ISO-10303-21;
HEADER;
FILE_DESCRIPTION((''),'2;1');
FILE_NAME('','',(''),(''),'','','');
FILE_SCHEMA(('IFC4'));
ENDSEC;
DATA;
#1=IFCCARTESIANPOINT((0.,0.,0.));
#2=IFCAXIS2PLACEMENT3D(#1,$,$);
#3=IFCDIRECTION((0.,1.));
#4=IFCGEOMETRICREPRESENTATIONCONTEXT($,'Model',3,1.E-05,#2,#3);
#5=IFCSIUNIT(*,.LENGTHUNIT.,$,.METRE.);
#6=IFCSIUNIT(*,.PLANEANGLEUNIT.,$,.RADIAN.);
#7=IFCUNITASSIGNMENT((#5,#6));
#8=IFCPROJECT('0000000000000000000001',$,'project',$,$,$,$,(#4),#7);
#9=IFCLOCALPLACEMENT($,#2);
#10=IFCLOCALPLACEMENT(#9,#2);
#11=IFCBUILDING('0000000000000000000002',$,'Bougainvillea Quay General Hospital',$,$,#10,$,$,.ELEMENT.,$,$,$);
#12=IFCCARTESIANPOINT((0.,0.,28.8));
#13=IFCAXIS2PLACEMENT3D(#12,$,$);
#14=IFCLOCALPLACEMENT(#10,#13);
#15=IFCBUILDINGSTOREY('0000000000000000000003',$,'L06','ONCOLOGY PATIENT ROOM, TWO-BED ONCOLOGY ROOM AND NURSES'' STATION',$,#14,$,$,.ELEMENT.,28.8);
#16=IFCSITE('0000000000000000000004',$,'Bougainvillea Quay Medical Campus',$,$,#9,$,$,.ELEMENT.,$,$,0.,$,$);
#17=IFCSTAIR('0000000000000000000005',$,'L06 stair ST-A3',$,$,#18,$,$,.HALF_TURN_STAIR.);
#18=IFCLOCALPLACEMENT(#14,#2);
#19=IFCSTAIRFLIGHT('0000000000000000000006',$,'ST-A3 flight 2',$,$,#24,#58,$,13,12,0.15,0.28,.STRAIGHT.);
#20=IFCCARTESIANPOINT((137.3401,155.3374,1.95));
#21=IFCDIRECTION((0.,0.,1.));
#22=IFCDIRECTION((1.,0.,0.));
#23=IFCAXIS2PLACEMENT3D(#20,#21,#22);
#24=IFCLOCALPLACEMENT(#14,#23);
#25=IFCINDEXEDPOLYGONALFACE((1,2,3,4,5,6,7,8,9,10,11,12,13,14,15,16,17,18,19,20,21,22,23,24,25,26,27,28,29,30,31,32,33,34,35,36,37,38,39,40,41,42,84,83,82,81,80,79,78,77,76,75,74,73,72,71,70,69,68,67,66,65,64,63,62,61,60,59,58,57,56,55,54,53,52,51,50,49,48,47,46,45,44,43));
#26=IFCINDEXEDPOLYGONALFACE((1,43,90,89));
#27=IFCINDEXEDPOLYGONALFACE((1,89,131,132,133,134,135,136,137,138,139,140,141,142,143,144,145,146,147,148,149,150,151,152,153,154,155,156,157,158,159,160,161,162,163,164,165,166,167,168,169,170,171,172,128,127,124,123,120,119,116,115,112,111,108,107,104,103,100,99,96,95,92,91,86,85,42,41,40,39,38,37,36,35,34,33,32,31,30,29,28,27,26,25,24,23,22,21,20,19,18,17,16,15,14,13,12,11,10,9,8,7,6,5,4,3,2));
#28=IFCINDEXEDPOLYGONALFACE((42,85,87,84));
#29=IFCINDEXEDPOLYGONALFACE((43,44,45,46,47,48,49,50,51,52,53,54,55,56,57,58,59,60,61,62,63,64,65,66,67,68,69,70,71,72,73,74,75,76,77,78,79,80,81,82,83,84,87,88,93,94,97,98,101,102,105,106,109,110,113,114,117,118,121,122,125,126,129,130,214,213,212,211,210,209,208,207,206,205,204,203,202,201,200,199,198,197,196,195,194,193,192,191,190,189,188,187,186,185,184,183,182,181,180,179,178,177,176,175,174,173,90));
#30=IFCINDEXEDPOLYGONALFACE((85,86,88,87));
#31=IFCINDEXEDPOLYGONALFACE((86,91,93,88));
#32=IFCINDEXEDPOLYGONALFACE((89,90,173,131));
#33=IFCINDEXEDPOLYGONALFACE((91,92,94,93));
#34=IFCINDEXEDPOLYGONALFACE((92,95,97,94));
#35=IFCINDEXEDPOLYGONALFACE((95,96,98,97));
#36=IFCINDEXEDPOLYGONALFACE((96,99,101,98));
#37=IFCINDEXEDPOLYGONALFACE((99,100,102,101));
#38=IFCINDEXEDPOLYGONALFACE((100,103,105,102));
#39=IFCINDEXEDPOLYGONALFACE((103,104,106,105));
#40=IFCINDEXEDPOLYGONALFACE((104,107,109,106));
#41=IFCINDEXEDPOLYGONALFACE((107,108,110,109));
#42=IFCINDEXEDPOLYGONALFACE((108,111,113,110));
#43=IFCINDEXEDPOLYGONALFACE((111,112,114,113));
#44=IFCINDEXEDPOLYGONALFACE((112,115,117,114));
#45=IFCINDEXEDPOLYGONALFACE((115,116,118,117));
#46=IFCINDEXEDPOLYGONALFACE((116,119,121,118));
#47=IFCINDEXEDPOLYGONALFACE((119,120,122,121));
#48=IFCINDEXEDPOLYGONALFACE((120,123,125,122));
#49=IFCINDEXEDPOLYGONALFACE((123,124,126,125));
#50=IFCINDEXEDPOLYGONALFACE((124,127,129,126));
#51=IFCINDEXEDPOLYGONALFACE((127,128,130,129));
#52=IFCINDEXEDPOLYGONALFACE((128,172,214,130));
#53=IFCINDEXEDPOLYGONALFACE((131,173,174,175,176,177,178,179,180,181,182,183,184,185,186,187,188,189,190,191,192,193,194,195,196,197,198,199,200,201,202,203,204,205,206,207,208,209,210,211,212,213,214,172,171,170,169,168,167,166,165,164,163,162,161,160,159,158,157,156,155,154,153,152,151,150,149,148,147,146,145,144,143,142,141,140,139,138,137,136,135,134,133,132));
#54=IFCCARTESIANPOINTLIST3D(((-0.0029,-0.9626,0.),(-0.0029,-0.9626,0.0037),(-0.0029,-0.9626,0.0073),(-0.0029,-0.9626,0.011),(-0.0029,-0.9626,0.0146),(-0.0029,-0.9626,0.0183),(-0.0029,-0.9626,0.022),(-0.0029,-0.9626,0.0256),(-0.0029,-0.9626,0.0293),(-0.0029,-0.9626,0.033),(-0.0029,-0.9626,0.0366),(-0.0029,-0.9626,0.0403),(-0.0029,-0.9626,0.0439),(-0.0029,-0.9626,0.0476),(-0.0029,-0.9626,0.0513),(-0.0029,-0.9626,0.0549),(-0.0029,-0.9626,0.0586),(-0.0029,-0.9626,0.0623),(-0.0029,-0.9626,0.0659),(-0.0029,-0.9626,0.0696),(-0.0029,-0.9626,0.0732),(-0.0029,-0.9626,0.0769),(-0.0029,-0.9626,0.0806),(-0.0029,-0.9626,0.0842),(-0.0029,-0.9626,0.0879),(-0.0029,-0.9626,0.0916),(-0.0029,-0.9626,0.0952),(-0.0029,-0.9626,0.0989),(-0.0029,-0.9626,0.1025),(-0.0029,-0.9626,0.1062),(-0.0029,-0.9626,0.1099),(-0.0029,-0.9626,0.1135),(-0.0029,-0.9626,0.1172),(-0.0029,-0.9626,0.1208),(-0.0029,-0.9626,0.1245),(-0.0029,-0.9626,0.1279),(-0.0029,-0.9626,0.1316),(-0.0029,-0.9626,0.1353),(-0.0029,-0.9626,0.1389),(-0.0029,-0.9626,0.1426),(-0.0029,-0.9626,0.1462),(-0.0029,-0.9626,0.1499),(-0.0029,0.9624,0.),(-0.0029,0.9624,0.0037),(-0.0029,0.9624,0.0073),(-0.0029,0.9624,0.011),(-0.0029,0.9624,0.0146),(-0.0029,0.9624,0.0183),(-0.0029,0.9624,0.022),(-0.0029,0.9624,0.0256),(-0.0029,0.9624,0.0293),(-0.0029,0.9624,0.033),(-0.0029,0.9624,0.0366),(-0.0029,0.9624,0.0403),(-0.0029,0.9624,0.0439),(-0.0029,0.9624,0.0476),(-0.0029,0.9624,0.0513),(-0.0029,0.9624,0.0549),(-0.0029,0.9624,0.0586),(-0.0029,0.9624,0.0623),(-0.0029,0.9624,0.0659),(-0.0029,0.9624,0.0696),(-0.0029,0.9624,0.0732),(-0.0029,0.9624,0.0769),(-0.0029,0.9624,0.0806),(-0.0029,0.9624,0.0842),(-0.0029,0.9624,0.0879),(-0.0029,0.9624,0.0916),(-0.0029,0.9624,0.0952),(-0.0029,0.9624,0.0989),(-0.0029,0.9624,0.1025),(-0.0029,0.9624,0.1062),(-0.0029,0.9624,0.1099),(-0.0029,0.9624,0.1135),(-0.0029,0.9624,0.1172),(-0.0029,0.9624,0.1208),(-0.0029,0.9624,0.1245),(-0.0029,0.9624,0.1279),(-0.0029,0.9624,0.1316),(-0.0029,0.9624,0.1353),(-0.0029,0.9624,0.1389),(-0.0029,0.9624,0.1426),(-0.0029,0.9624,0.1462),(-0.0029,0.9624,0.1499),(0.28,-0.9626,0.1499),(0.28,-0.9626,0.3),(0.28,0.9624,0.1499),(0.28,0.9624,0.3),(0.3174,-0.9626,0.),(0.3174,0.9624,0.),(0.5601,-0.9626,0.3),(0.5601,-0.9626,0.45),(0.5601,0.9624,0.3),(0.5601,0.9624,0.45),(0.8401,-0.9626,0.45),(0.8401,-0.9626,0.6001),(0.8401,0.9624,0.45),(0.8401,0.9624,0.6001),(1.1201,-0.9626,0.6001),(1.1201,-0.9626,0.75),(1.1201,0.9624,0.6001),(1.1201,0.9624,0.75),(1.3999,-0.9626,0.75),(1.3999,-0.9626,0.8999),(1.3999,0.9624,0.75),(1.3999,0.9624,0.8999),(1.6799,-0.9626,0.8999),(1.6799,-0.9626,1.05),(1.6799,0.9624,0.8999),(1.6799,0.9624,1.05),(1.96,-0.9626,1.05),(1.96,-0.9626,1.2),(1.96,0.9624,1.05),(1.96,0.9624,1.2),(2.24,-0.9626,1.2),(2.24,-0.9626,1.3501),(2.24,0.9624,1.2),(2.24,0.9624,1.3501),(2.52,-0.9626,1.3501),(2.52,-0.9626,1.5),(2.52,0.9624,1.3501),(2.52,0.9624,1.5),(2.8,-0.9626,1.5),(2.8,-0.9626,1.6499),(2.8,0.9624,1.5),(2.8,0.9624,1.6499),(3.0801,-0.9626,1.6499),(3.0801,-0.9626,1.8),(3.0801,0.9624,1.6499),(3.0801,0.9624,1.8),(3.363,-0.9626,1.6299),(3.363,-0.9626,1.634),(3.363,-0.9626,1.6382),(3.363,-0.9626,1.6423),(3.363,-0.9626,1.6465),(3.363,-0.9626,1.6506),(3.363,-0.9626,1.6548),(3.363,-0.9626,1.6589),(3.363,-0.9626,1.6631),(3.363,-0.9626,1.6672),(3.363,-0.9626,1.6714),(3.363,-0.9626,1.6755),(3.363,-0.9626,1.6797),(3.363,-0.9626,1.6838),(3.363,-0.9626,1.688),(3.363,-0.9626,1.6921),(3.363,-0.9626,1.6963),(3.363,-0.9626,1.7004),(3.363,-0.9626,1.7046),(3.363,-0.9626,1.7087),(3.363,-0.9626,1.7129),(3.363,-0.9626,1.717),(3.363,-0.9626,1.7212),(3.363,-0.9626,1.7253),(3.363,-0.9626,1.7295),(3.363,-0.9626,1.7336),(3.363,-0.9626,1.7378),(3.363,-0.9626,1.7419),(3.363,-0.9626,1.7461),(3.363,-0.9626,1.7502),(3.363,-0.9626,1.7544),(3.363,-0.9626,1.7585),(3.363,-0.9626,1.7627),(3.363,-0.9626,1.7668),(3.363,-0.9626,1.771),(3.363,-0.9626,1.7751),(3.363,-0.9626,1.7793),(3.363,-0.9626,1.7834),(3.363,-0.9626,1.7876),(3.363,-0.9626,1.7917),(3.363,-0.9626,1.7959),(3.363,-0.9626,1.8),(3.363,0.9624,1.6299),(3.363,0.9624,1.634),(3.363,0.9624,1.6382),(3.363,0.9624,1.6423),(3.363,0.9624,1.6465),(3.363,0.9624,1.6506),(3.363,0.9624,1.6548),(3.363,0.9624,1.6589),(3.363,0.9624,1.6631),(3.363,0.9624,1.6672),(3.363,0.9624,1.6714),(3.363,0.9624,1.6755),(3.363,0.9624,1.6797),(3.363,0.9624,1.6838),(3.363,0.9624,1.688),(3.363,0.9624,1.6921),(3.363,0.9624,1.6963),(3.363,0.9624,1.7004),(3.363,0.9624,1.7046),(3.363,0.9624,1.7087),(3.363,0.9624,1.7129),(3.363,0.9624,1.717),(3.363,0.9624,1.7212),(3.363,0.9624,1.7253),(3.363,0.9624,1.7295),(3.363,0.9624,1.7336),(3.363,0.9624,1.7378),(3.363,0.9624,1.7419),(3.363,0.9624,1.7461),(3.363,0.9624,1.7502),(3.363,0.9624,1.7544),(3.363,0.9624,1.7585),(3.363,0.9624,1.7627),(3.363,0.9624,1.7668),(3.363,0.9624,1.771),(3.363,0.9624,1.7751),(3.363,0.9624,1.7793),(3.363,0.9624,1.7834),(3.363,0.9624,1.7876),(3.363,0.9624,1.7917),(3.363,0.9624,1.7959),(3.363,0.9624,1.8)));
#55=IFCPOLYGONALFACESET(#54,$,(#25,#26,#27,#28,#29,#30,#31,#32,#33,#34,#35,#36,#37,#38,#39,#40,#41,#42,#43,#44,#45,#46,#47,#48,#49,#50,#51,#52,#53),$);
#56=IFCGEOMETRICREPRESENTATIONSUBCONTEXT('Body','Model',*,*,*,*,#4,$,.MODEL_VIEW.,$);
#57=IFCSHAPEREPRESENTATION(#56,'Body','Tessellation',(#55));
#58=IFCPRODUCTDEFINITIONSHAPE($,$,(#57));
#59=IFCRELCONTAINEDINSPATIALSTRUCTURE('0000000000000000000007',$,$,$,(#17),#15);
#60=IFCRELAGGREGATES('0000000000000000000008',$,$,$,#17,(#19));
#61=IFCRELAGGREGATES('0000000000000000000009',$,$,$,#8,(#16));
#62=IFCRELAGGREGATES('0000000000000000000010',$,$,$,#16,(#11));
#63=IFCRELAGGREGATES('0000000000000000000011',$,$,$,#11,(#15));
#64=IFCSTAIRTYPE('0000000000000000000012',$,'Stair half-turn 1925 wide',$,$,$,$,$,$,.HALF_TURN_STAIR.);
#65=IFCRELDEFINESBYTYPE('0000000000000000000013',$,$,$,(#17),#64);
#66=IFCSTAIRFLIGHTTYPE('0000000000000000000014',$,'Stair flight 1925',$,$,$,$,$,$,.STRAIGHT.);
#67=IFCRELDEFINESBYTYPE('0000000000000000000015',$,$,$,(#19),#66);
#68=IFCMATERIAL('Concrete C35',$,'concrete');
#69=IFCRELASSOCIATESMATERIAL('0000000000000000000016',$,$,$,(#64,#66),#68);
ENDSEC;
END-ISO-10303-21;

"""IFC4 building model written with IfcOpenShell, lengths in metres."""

from ifc_helpers import new_model, si_unit, direction, frame, origin, place, context, subcontext, project, spatial, polyline, outline, extrude, material, type_object, element, aggregate, save


model = new_model("IFC4")

# Units and contexts
model_context = context("Model", 3, precision=1e-05, world=origin(), true_north=direction((0.0, 1.0)))
body_context = subcontext(model_context, "Body", "Model", "MODEL_VIEW")
ifc_project = project(units=[si_unit("LENGTHUNIT", "METRE"), si_unit("PLANEANGLEUNIT", "RADIAN")], contexts=[model_context])

# Site, building, storey
site_placement = place(None, origin())
site = spatial("IfcSite", under=ifc_project, at=site_placement, Name="Bougainvillea Quay Medical Campus", CompositionType="ELEMENT", RefElevation=0.0)
building_placement = place(site_placement, origin())
building = spatial("IfcBuilding", under=site, at=building_placement, Name="Bougainvillea Quay General Hospital", CompositionType="ELEMENT")
storey_placement = place(building_placement, frame((0.0, 0.0, 28.8)))
storey = spatial("IfcBuildingStorey", under=building, at=storey_placement, Name="L06", Description="ONCOLOGY PATIENT ROOM, TWO-BED ONCOLOGY ROOM AND NURSES' STATION", CompositionType="ELEMENT", Elevation=28.8)

# Stair, stair flight
ifc_material_1 = material(Name="Concrete C35", Category="concrete")
stair_type = type_object("IfcStairType", Name="Stair half-turn 1925 wide", PredefinedType="HALF_TURN_STAIR", material=ifc_material_1)
stair_placement = place(storey_placement, origin())
stair = element("IfcStair", 1, at=stair_placement, inside=storey, type_object=stair_type, Name="L06 stair ST-A3", PredefinedType="HALF_TURN_STAIR")
stair_flight_type = type_object("IfcStairFlightType", Name="Stair flight 1925", PredefinedType="STRAIGHT", material=ifc_material_1)
stair_flight_1_placement = place(storey_placement, frame((137.3401, 155.3374, 1.95), z_axis=(0.0, 0.0, 1.0), x_axis=(1.0, 0.0, 0.0)))
stair_flight_1 = element("IfcStairFlight", 2, at=stair_flight_1_placement, type_object=stair_flight_type, Name="ST-A3 flight 2", NumberOfRisers=13, NumberOfTreads=12, PredefinedType="STRAIGHT", RiserHeight=0.15, TreadLength=0.28, context=body_context, shape_type="SweptSolid", body=[
    extrude(outline(polyline([(-0.0029, 0.0), (-0.0029, 0.0037), (-0.0029, 0.0073), (-0.0029, 0.011), (-0.0029, 0.0146), (-0.0029, 0.0183), (-0.0029, 0.022), (-0.0029, 0.0256), (-0.0029, 0.0293), (-0.0029, 0.033), (-0.0029, 0.0366), (-0.0029, 0.0403), (-0.0029, 0.0439), (-0.0029, 0.0476), (-0.0029, 0.0513), (-0.0029, 0.0549), (-0.0029, 0.0586), (-0.0029, 0.0623), (-0.0029, 0.0659), (-0.0029, 0.0696), (-0.0029, 0.0732), (-0.0029, 0.0769), (-0.0029, 0.0806), (-0.0029, 0.0842), (-0.0029, 0.0879), (-0.0029, 0.0916), (-0.0029, 0.0952), (-0.0029, 0.0989), (-0.0029, 0.1025), (-0.0029, 0.1062), (-0.0029, 0.1099), (-0.0029, 0.1135), (-0.0029, 0.1172), (-0.0029, 0.1208), (-0.0029, 0.1245), (-0.0029, 0.1279), (-0.0029, 0.1316), (-0.0029, 0.1353), (-0.0029, 0.1389), (-0.0029, 0.1426), (-0.0029, 0.1462), (-0.0029, 0.1499), (0.28, 0.1499), (0.28, 0.3), (0.5601, 0.3), (0.5601, 0.45), (0.8401, 0.45), (0.8401, 0.6001), (1.1201, 0.6001), (1.1201, 0.75), (1.3999, 0.75), (1.3999, 0.8999), (1.6799, 0.8999), (1.6799, 1.05), (1.96, 1.05), (1.96, 1.2), (2.24, 1.2), (2.24, 1.3501), (2.52, 1.3501), (2.52, 1.5), (2.8, 1.5), (2.8, 1.6499), (3.0801, 1.6499), (3.0801, 1.8), (3.363, 1.8), (3.363, 1.7959), (3.363, 1.7917), (3.363, 1.7876), (3.363, 1.7834), (3.363, 1.7793), (3.363, 1.7751), (3.363, 1.771), (3.363, 1.7668), (3.363, 1.7627), (3.363, 1.7585), (3.363, 1.7544), (3.363, 1.7502), (3.363, 1.7461), (3.363, 1.7419), (3.363, 1.7378), (3.363, 1.7336), (3.363, 1.7295), (3.363, 1.7253), (3.363, 1.7212), (3.363, 1.717), (3.363, 1.7129), (3.363, 1.7087), (3.363, 1.7046), (3.363, 1.7004), (3.363, 1.6963), (3.363, 1.6921), (3.363, 1.688), (3.363, 1.6838), (3.363, 1.6797), (3.363, 1.6755), (3.363, 1.6714), (3.363, 1.6672), (3.363, 1.6631), (3.363, 1.6589), (3.363, 1.6548), (3.363, 1.6506), (3.363, 1.6465), (3.363, 1.6423), (3.363, 1.6382), (3.363, 1.634), (3.363, 1.6299), (0.3174, 0.0), (-0.0029, 0.0)])), frame((0.0, 0.9624, 0.0), z_axis=(0.0, -1.0, 0.0), x_axis=(1.0, 0.0, 0.0)), (0.0, 0.0, 1.0), 1.925),
])
aggregate(stair, [stair_flight_1])

save(model, "model.ifc")
